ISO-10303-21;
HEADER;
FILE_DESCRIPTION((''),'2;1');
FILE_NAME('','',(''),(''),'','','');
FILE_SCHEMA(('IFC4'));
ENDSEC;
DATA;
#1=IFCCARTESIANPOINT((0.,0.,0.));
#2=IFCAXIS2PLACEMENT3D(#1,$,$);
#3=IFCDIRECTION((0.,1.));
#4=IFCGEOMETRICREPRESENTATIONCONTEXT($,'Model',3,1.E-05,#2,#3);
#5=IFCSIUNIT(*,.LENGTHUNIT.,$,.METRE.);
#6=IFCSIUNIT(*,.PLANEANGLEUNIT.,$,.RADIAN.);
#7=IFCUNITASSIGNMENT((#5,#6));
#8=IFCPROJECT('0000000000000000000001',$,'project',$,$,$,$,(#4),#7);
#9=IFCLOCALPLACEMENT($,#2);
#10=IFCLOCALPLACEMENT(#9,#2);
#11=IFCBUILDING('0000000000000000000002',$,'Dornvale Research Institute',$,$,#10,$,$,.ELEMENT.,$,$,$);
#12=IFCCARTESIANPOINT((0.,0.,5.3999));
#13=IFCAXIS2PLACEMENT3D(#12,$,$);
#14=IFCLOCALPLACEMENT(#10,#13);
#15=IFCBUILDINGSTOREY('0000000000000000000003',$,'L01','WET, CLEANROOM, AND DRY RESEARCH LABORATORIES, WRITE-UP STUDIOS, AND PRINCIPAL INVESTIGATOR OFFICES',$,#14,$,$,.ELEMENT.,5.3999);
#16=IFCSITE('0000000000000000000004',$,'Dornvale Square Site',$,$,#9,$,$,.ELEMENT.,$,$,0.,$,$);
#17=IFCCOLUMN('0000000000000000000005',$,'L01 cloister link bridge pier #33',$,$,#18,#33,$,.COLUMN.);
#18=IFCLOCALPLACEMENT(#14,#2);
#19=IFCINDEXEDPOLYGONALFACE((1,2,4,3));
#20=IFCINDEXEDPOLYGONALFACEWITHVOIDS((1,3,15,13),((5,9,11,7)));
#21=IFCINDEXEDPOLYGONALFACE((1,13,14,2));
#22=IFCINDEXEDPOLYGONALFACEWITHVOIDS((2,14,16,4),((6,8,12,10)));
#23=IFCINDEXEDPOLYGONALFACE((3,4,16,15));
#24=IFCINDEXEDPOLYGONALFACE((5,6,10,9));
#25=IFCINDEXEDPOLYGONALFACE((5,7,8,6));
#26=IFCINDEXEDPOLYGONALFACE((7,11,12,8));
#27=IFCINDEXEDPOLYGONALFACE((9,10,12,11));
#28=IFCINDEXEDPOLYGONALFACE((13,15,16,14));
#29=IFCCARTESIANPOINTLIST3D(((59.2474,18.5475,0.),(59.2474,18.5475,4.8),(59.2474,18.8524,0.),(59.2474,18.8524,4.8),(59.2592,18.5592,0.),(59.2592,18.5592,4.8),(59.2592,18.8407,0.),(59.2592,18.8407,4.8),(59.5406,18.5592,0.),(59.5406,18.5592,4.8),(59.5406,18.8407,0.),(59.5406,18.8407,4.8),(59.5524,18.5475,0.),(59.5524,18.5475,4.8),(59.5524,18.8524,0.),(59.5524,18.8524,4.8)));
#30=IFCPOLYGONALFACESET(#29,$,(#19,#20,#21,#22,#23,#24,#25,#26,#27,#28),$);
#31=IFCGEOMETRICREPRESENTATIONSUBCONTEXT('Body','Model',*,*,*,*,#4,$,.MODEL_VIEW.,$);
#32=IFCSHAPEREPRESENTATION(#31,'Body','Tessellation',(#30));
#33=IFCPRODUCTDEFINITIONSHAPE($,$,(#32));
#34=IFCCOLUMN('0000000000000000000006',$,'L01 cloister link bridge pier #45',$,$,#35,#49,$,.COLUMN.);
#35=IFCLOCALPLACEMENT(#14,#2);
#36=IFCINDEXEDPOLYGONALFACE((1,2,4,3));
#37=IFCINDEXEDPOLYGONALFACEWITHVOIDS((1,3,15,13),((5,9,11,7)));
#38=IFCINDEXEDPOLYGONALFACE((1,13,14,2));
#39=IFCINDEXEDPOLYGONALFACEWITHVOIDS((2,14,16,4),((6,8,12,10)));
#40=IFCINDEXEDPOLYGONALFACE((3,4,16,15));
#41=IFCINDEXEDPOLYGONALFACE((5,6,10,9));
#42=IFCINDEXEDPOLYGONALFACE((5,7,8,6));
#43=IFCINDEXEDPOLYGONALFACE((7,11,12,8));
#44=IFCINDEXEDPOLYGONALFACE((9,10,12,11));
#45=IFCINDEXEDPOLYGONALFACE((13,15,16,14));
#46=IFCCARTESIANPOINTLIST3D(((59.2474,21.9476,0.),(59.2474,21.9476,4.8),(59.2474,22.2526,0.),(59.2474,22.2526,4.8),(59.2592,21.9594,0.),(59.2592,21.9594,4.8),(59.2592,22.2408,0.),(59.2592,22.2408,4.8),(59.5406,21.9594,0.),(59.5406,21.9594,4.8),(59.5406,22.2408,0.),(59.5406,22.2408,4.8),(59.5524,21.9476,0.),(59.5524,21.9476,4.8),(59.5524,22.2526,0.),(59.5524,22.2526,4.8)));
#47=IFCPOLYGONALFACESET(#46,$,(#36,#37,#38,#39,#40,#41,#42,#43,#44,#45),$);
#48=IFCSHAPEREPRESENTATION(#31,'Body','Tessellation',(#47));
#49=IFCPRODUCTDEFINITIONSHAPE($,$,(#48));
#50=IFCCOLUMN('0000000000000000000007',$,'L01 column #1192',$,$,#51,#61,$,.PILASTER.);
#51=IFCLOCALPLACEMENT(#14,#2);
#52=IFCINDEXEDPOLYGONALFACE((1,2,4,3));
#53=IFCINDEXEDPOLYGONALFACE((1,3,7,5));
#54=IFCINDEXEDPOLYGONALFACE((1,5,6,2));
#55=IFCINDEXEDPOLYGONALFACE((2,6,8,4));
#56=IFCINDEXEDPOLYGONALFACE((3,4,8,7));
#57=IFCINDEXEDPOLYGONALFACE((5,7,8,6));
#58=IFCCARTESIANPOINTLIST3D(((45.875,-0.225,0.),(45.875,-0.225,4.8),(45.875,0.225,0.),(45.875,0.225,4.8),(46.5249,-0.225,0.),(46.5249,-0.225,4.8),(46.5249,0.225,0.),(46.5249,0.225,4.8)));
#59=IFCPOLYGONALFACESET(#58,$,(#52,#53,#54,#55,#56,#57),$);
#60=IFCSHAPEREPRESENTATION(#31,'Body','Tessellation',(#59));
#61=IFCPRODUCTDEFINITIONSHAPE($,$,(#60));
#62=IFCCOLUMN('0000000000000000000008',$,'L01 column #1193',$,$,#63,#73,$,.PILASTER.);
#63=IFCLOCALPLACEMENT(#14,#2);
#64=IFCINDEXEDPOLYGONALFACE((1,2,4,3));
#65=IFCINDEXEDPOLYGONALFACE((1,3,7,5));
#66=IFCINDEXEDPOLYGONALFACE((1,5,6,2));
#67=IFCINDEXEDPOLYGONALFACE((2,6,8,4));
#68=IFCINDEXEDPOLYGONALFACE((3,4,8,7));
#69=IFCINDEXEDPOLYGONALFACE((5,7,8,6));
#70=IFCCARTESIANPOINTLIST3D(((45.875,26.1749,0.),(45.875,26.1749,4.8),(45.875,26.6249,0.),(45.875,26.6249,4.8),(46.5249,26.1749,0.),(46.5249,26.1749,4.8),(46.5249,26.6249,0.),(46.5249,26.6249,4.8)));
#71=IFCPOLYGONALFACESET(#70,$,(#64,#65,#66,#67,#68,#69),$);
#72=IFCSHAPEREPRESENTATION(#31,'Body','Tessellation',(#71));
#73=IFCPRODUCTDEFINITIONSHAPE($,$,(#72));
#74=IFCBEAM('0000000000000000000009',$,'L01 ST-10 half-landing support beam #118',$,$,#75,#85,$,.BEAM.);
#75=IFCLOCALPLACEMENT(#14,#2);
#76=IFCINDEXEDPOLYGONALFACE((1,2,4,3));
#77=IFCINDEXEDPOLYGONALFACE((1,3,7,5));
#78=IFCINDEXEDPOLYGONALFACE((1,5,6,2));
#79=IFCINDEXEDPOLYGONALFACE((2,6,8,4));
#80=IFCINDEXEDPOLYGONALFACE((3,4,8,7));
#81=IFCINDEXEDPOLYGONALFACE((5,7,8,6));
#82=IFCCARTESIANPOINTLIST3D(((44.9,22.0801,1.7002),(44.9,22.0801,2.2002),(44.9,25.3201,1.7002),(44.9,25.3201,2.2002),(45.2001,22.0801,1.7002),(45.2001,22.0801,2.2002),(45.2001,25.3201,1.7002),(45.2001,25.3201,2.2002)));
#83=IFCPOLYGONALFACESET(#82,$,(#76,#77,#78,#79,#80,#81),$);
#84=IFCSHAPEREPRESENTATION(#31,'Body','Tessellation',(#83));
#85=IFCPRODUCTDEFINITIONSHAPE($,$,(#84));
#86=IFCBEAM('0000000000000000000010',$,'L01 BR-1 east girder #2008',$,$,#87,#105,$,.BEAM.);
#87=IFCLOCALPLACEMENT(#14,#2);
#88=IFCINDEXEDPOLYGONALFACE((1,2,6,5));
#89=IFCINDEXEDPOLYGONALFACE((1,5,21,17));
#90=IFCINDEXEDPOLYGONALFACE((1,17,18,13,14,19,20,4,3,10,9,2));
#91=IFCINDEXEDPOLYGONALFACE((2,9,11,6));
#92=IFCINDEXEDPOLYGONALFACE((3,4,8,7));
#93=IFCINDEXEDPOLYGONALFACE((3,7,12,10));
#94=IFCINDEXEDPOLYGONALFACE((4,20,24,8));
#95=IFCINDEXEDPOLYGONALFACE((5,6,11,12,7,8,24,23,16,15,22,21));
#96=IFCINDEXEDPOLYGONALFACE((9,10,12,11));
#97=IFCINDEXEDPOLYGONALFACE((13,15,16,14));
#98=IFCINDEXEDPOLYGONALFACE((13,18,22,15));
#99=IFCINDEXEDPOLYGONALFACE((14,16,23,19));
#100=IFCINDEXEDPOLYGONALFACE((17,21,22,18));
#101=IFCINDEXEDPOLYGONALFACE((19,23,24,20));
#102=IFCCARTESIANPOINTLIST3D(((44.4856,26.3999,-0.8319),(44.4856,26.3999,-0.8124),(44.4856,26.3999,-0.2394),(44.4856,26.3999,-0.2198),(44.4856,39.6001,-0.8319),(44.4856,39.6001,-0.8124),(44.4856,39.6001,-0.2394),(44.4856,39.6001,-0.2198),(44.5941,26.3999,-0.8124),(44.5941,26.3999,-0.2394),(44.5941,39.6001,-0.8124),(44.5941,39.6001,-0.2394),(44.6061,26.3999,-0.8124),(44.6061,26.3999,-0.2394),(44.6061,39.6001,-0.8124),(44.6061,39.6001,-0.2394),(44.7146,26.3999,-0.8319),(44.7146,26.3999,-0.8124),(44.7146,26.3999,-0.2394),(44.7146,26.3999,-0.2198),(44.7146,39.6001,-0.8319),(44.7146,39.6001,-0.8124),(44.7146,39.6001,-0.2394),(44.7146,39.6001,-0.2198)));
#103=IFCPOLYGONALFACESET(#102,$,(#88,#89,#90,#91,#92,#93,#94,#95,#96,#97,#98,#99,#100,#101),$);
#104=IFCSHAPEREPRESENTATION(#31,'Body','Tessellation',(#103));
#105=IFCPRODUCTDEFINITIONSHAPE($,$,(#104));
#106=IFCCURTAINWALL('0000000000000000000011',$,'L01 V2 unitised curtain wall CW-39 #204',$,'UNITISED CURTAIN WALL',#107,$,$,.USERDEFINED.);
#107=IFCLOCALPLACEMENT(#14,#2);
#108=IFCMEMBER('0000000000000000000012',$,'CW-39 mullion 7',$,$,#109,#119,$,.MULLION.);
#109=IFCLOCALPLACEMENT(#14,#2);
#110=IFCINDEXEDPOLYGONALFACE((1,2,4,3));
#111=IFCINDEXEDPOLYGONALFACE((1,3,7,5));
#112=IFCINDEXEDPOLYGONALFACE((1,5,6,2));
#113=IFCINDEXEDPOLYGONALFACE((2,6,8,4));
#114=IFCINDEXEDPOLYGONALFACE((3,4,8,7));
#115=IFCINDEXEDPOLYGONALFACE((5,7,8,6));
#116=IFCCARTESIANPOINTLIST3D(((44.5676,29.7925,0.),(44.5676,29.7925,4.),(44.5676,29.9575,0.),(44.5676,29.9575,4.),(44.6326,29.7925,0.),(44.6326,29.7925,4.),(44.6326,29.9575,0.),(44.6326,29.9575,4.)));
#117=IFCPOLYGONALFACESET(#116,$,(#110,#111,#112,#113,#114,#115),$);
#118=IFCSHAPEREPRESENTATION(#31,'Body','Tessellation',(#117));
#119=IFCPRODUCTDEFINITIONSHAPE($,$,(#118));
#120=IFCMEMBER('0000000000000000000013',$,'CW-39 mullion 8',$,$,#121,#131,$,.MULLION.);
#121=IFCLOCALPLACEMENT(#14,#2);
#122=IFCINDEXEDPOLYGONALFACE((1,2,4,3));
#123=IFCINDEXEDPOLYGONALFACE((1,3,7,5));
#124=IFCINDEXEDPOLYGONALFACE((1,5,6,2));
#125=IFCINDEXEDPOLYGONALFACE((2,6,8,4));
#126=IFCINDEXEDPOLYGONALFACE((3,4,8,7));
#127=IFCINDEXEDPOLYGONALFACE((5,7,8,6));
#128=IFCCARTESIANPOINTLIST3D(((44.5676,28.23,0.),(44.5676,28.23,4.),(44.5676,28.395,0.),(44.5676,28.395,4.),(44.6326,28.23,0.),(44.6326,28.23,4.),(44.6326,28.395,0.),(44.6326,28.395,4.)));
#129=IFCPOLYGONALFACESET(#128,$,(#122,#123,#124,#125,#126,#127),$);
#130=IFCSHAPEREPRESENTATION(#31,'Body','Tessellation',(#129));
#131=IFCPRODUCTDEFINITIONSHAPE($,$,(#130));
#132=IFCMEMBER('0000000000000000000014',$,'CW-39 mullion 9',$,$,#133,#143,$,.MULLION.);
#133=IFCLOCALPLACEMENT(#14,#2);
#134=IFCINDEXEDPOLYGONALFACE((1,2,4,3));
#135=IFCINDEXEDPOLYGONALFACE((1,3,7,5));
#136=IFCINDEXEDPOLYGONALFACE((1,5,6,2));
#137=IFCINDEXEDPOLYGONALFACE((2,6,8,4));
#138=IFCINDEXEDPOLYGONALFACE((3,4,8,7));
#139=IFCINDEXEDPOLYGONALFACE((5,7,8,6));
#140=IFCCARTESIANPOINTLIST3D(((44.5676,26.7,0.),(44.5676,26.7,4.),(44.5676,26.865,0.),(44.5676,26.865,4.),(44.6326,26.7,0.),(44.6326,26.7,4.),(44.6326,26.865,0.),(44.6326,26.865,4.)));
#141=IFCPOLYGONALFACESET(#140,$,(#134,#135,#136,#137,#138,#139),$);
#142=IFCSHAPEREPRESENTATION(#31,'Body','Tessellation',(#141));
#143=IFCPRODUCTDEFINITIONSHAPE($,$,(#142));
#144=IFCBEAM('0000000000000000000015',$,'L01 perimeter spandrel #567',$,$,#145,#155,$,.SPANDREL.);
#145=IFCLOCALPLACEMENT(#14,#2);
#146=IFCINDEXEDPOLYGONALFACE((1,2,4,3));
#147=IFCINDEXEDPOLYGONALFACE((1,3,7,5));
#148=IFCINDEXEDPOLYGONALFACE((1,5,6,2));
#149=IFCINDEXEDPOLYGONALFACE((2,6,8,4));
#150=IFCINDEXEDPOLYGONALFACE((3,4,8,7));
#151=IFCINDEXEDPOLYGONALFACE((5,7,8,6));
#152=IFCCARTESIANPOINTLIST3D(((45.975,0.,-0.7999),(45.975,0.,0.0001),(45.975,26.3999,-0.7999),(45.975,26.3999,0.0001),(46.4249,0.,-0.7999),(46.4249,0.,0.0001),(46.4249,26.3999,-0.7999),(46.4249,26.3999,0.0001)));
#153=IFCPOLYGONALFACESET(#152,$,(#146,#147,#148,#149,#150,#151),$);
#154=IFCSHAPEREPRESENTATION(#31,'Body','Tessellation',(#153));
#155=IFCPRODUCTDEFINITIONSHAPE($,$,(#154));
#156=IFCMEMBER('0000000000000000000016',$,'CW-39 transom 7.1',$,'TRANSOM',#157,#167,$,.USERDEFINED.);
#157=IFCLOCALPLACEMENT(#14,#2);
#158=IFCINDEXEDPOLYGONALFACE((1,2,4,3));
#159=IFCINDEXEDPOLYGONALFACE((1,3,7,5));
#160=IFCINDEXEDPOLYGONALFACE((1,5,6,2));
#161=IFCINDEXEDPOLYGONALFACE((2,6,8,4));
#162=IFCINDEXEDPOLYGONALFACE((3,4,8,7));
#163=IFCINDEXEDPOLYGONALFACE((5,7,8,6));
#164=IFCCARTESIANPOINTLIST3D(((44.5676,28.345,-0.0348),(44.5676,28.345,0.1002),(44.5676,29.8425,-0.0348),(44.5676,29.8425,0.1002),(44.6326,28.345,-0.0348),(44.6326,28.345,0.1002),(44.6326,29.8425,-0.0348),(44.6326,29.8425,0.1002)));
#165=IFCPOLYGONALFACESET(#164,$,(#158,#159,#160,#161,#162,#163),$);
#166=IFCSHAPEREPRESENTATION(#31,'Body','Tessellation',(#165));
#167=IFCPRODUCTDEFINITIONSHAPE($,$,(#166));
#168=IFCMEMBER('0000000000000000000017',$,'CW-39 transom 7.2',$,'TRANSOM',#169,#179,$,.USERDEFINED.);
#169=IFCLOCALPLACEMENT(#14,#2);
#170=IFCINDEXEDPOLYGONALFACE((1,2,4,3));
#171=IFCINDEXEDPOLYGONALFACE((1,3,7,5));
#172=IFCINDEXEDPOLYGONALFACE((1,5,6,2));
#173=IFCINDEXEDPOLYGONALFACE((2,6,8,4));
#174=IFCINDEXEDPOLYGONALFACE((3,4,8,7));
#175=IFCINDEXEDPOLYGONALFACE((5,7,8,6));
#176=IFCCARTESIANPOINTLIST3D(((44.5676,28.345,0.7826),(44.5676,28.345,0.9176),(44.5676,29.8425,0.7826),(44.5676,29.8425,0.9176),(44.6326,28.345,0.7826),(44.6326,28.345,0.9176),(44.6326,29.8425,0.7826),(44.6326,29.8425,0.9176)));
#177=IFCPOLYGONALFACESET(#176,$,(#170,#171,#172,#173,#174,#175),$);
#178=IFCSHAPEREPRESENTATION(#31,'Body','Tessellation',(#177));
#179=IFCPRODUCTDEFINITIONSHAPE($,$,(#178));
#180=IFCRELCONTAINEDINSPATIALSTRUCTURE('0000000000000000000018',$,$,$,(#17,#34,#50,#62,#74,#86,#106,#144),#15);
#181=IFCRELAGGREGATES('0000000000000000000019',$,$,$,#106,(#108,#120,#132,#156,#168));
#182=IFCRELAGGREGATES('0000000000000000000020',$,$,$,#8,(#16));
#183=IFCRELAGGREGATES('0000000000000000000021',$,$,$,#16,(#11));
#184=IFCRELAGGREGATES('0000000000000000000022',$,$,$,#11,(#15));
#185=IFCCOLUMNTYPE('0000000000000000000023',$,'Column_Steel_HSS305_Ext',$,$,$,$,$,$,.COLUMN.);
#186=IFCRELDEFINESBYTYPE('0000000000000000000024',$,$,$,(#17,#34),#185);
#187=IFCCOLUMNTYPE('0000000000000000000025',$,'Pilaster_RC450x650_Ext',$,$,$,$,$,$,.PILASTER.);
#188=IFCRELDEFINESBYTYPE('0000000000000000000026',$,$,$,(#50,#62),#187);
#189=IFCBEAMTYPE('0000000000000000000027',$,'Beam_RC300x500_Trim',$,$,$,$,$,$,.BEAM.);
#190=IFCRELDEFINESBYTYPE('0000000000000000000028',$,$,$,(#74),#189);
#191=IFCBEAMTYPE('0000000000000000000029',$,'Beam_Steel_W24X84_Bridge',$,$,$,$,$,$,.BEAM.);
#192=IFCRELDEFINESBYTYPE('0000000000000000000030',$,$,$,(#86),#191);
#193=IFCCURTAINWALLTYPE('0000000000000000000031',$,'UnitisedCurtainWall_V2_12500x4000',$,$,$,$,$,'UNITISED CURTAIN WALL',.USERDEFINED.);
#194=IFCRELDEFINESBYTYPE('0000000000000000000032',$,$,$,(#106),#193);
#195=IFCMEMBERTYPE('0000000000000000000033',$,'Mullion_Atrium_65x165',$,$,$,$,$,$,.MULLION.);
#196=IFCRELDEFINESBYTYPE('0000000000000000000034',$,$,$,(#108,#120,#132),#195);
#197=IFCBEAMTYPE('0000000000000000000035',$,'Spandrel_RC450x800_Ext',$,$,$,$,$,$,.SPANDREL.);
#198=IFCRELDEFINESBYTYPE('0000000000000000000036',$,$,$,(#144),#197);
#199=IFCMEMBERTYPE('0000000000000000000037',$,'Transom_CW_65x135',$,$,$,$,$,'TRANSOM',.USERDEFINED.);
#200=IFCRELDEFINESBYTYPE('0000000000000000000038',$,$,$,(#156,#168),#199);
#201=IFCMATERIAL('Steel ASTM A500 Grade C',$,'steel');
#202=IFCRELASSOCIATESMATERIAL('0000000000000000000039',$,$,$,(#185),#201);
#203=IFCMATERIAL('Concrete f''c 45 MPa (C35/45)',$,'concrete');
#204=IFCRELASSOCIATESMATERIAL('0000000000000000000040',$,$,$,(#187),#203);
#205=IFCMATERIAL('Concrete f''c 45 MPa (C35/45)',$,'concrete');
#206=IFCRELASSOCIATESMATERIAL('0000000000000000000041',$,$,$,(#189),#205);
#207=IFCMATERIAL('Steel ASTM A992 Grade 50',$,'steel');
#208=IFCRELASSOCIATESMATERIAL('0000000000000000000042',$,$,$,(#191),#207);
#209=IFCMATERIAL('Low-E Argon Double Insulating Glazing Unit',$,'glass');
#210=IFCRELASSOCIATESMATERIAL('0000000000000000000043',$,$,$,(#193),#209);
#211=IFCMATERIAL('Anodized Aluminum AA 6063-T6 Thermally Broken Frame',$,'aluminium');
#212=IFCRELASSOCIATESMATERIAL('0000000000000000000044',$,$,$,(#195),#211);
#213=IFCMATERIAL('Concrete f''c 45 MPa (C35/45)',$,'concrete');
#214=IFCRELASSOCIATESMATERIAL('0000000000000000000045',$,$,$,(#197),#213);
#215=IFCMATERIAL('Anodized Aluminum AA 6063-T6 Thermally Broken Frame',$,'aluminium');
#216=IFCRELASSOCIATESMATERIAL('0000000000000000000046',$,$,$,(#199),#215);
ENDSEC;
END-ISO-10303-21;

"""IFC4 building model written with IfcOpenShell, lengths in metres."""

from ifc_helpers import new_model, si_unit, direction, frame, origin, origin_2d, place, context, subcontext, project, spatial, rectangle, hollow_rectangle, i_section, extrude, material, material_profile, profile_set, type_object, element, aggregate, save


model = new_model("IFC4")

# Units and contexts
model_context = context("Model", 3, precision=1e-05, world=origin(), true_north=direction((0.0, 1.0)))
body_context = subcontext(model_context, "Body", "Model", "MODEL_VIEW")
ifc_project = project(units=[si_unit("LENGTHUNIT", "METRE"), si_unit("PLANEANGLEUNIT", "RADIAN")], contexts=[model_context])

# Site, building, storey
site_placement = place(None, origin())
site = spatial("IfcSite", under=ifc_project, at=site_placement, Name="Dornvale Square Site", CompositionType="ELEMENT", RefElevation=0.0)
building_placement = place(site_placement, origin())
building = spatial("IfcBuilding", under=site, at=building_placement, Name="Dornvale Research Institute", CompositionType="ELEMENT")
storey_placement = place(building_placement, frame((0.0, 0.0, 5.3999)))
storey = spatial("IfcBuildingStorey", under=building, at=storey_placement, Name="L01", Description="WET, CLEANROOM, AND DRY RESEARCH LABORATORIES, WRITE-UP STUDIOS, AND PRINCIPAL INVESTIGATOR OFFICES", CompositionType="ELEMENT", Elevation=5.3999)

# Columns
ifc_material_1 = material(Name="Steel ASTM A500 Grade C", Category="steel")
ifc_material_profile_1 = material_profile(ifc_material_1, hollow_rectangle(XDim=0.3049, YDim=0.3049, WallThickness=0.0117, at=origin_2d()), Name="HSS305X305X12.7")
ifc_profile_set_1 = profile_set([ifc_material_profile_1], Name="Steel ASTM A500 Grade C")
column_type_1 = type_object("IfcColumnType", Name="Column_Steel_HSS305_Ext", PredefinedType="COLUMN", material=ifc_profile_set_1)
for number, where, z_axis, x_axis, name in (
    (1, (59.3999, 18.7, 0.0), (0.0, 0.0, 1.0), (1.0, 0.0, 0.0), "L01 cloister link bridge pier #33"),
    (2, (59.3999, 22.1001, 0.0), (0.0, 0.0, 1.0), (1.0, 0.0, 0.0), "L01 cloister link bridge pier #45"),
):
    element("IfcColumn", number, at=place(storey_placement, frame(where, z_axis=z_axis, x_axis=x_axis)), inside=storey, type_object=column_type_1, Name=name, PredefinedType="COLUMN", context=body_context, shape_type="SweptSolid", body=[
        extrude(hollow_rectangle(XDim=0.3049, YDim=0.3049, WallThickness=0.0117, at=origin_2d()), origin(), (0.0, 0.0, 1.0), 4.8),
    ])
ifc_material_2 = material(Name="Concrete f'c 45 MPa (C35/45)", Category="concrete")
ifc_material_profile_2 = material_profile(ifc_material_2, rectangle(XDim=0.45, YDim=0.6499, at=origin_2d()), Name="RC 450x650")
ifc_profile_set_2 = profile_set([ifc_material_profile_2], Name="Concrete f'c 45 MPa (C35/45)")
column_type_2 = type_object("IfcColumnType", Name="Pilaster_RC450x650_Ext", PredefinedType="PILASTER", material=ifc_profile_set_2)
for number, where, z_axis, x_axis, name in (
    (3, (46.2, 0.0, 0.0), (0.0, 0.0, 1.0), (0.0, 1.0, 0.0), "L01 column #1192"),
    (4, (46.2, 26.3999, 0.0), (0.0, 0.0, 1.0), (0.0, 1.0, 0.0), "L01 column #1193"),
):
    element("IfcColumn", number, at=place(storey_placement, frame(where, z_axis=z_axis, x_axis=x_axis)), inside=storey, type_object=column_type_2, Name=name, PredefinedType="PILASTER", context=body_context, shape_type="SweptSolid", body=[
        extrude(rectangle(XDim=0.45, YDim=0.6499, at=origin_2d()), origin(), (0.0, 0.0, 1.0), 4.8),
    ])

# Beams
ifc_material_3 = material(Name="Concrete f'c 45 MPa (C35/45)", Category="concrete")
ifc_material_profile_3 = material_profile(ifc_material_3, rectangle(XDim=0.3, YDim=0.5, at=origin_2d()), Name="RC 300x500")
ifc_profile_set_3 = profile_set([ifc_material_profile_3], Name="Concrete f'c 45 MPa (C35/45)")
beam_type_1 = type_object("IfcBeamType", Name="Beam_RC300x500_Trim", PredefinedType="BEAM", material=ifc_profile_set_3)
beam_1_placement = place(storey_placement, frame((45.05, 22.0801, 1.9502), z_axis=(0.0, 1.0, 0.0), x_axis=(-1.0, 0.0, 0.0)))
element("IfcBeam", 5, at=beam_1_placement, inside=storey, type_object=beam_type_1, Name="L01 ST-10 half-landing support beam #118", PredefinedType="BEAM", context=body_context, shape_type="SweptSolid", body=[
    extrude(rectangle(XDim=0.3, YDim=0.5, at=origin_2d()), origin(), (0.0, 0.0, 1.0), 3.24),
])
ifc_material_4 = material(Name="Steel ASTM A992 Grade 50", Category="steel")
ifc_material_profile_4 = material_profile(ifc_material_4, i_section(OverallWidth=0.229, OverallDepth=0.6121, WebThickness=0.012, FlangeThickness=0.0195, at=origin_2d()), Name="W24X84")
ifc_profile_set_4 = profile_set([ifc_material_profile_4], Name="Steel ASTM A992 Grade 50")
beam_type_2 = type_object("IfcBeamType", Name="Beam_Steel_W24X84_Bridge", PredefinedType="BEAM", material=ifc_profile_set_4)
beam_2_placement = place(storey_placement, frame((44.6001, 26.3999, -0.5259), z_axis=(0.0, 1.0, 0.0), x_axis=(-1.0, 0.0, 0.0)))
element("IfcBeam", 6, at=beam_2_placement, inside=storey, type_object=beam_type_2, Name="L01 BR-1 east girder #2008", PredefinedType="BEAM", context=body_context, shape_type="SweptSolid", body=[
    extrude(i_section(OverallWidth=0.229, OverallDepth=0.6121, WebThickness=0.012, FlangeThickness=0.0195, at=origin_2d()), origin(), (0.0, 0.0, 1.0), 13.2002),
])

# Curtain wall, members
ifc_material_5 = material(Name="Low-E Argon Double Insulating Glazing Unit", Category="glass")
curtain_wall_type = type_object("IfcCurtainWallType", Name="UnitisedCurtainWall_V2_12500x4000", ElementType="UNITISED CURTAIN WALL", PredefinedType="USERDEFINED", material=ifc_material_5)
curtain_wall_placement = place(storey_placement, origin())
curtain_wall = element("IfcCurtainWall", 7, at=curtain_wall_placement, inside=storey, type_object=curtain_wall_type, Name="L01 V2 unitised curtain wall CW-39 #204", ObjectType="UNITISED CURTAIN WALL", PredefinedType="USERDEFINED")
ifc_material_6 = material(Name="Anodized Aluminum AA 6063-T6 Thermally Broken Frame", Category="aluminium")
ifc_material_profile_5 = material_profile(ifc_material_6, rectangle(XDim=0.0649, YDim=0.165, at=origin_2d()), Name="ALU MULLION 65x165")
ifc_profile_set_5 = profile_set([ifc_material_profile_5], Name="Anodized Aluminum AA 6063-T6 Thermally Broken Frame")
member_type_1 = type_object("IfcMemberType", Name="Mullion_Atrium_65x165", PredefinedType="MULLION", material=ifc_profile_set_5)
member_1_placement = place(storey_placement, frame((44.6001, 29.875, 0.0), z_axis=(0.0, 0.0, 1.0), x_axis=(1.0, 0.0, 0.0)))
member_1 = element("IfcMember", 8, at=member_1_placement, type_object=member_type_1, Name="CW-39 mullion 7", PredefinedType="MULLION", context=body_context, shape_type="SweptSolid", body=[
    extrude(rectangle(XDim=0.0649, YDim=0.165, at=origin_2d()), origin(), (0.0, 0.0, 1.0), 4.0),
])
member_2_placement = place(storey_placement, frame((44.6001, 28.3125, 0.0), z_axis=(0.0, 0.0, 1.0), x_axis=(1.0, 0.0, 0.0)))
member_2 = element("IfcMember", 9, at=member_2_placement, type_object=member_type_1, Name="CW-39 mullion 8", PredefinedType="MULLION", context=body_context, shape_type="SweptSolid", body=[
    extrude(rectangle(XDim=0.0649, YDim=0.165, at=origin_2d()), origin(), (0.0, 0.0, 1.0), 4.0),
])
member_3_placement = place(storey_placement, frame((44.6001, 26.7825, 0.0), z_axis=(0.0, 0.0, 1.0), x_axis=(1.0, 0.0, 0.0)))
member_3 = element("IfcMember", 10, at=member_3_placement, type_object=member_type_1, Name="CW-39 mullion 9", PredefinedType="MULLION", context=body_context, shape_type="SweptSolid", body=[
    extrude(rectangle(XDim=0.0649, YDim=0.165, at=origin_2d()), origin(), (0.0, 0.0, 1.0), 4.0),
])

# Beam
ifc_material_7 = material(Name="Concrete f'c 45 MPa (C35/45)", Category="concrete")
ifc_material_profile_6 = material_profile(ifc_material_7, rectangle(XDim=0.45, YDim=0.8, at=origin_2d()), Name="RC 450x800")
ifc_profile_set_6 = profile_set([ifc_material_profile_6], Name="Concrete f'c 45 MPa (C35/45)")
beam_type_3 = type_object("IfcBeamType", Name="Spandrel_RC450x800_Ext", PredefinedType="SPANDREL", material=ifc_profile_set_6)
beam_3_placement = place(storey_placement, frame((46.2, 0.0, -0.3999), z_axis=(0.0, 1.0, 0.0), x_axis=(-1.0, 0.0, 0.0)))
element("IfcBeam", 11, at=beam_3_placement, inside=storey, type_object=beam_type_3, Name="L01 perimeter spandrel #567", PredefinedType="SPANDREL", context=body_context, shape_type="SweptSolid", body=[
    extrude(rectangle(XDim=0.45, YDim=0.8, at=origin_2d()), origin(), (0.0, 0.0, 1.0), 26.3999),
])

# Members
ifc_material_8 = material(Name="Anodized Aluminum AA 6063-T6 Thermally Broken Frame", Category="aluminium")
ifc_material_profile_7 = material_profile(ifc_material_8, rectangle(XDim=0.0649, YDim=0.135, at=origin_2d()), Name="ALU TRANSOM 65x135")
ifc_profile_set_7 = profile_set([ifc_material_profile_7], Name="Anodized Aluminum AA 6063-T6 Thermally Broken Frame")
member_type_2 = type_object("IfcMemberType", Name="Transom_CW_65x135", ElementType="TRANSOM", PredefinedType="USERDEFINED", material=ifc_profile_set_7)
member_4_placement = place(storey_placement, frame((44.6001, 29.8425, 0.0327), z_axis=(0.0, -1.0, 0.0), x_axis=(1.0, 0.0, 0.0)))
member_4 = element("IfcMember", 12, at=member_4_placement, type_object=member_type_2, Name="CW-39 transom 7.1", ObjectType="TRANSOM", PredefinedType="USERDEFINED", context=body_context, shape_type="SweptSolid", body=[
    extrude(rectangle(XDim=0.0649, YDim=0.135, at=origin_2d()), origin(), (0.0, 0.0, 1.0), 1.4976),
])
member_5_placement = place(storey_placement, frame((44.6001, 29.8425, 0.8501), z_axis=(0.0, -1.0, 0.0), x_axis=(1.0, 0.0, 0.0)))
member_5 = element("IfcMember", 13, at=member_5_placement, type_object=member_type_2, Name="CW-39 transom 7.2", ObjectType="TRANSOM", PredefinedType="USERDEFINED", context=body_context, shape_type="SweptSolid", body=[
    extrude(rectangle(XDim=0.0649, YDim=0.135, at=origin_2d()), origin(), (0.0, 0.0, 1.0), 1.4976),
])

aggregate(curtain_wall, [member_1, member_2, member_3, member_4, member_5])

save(model, "model.ifc")
